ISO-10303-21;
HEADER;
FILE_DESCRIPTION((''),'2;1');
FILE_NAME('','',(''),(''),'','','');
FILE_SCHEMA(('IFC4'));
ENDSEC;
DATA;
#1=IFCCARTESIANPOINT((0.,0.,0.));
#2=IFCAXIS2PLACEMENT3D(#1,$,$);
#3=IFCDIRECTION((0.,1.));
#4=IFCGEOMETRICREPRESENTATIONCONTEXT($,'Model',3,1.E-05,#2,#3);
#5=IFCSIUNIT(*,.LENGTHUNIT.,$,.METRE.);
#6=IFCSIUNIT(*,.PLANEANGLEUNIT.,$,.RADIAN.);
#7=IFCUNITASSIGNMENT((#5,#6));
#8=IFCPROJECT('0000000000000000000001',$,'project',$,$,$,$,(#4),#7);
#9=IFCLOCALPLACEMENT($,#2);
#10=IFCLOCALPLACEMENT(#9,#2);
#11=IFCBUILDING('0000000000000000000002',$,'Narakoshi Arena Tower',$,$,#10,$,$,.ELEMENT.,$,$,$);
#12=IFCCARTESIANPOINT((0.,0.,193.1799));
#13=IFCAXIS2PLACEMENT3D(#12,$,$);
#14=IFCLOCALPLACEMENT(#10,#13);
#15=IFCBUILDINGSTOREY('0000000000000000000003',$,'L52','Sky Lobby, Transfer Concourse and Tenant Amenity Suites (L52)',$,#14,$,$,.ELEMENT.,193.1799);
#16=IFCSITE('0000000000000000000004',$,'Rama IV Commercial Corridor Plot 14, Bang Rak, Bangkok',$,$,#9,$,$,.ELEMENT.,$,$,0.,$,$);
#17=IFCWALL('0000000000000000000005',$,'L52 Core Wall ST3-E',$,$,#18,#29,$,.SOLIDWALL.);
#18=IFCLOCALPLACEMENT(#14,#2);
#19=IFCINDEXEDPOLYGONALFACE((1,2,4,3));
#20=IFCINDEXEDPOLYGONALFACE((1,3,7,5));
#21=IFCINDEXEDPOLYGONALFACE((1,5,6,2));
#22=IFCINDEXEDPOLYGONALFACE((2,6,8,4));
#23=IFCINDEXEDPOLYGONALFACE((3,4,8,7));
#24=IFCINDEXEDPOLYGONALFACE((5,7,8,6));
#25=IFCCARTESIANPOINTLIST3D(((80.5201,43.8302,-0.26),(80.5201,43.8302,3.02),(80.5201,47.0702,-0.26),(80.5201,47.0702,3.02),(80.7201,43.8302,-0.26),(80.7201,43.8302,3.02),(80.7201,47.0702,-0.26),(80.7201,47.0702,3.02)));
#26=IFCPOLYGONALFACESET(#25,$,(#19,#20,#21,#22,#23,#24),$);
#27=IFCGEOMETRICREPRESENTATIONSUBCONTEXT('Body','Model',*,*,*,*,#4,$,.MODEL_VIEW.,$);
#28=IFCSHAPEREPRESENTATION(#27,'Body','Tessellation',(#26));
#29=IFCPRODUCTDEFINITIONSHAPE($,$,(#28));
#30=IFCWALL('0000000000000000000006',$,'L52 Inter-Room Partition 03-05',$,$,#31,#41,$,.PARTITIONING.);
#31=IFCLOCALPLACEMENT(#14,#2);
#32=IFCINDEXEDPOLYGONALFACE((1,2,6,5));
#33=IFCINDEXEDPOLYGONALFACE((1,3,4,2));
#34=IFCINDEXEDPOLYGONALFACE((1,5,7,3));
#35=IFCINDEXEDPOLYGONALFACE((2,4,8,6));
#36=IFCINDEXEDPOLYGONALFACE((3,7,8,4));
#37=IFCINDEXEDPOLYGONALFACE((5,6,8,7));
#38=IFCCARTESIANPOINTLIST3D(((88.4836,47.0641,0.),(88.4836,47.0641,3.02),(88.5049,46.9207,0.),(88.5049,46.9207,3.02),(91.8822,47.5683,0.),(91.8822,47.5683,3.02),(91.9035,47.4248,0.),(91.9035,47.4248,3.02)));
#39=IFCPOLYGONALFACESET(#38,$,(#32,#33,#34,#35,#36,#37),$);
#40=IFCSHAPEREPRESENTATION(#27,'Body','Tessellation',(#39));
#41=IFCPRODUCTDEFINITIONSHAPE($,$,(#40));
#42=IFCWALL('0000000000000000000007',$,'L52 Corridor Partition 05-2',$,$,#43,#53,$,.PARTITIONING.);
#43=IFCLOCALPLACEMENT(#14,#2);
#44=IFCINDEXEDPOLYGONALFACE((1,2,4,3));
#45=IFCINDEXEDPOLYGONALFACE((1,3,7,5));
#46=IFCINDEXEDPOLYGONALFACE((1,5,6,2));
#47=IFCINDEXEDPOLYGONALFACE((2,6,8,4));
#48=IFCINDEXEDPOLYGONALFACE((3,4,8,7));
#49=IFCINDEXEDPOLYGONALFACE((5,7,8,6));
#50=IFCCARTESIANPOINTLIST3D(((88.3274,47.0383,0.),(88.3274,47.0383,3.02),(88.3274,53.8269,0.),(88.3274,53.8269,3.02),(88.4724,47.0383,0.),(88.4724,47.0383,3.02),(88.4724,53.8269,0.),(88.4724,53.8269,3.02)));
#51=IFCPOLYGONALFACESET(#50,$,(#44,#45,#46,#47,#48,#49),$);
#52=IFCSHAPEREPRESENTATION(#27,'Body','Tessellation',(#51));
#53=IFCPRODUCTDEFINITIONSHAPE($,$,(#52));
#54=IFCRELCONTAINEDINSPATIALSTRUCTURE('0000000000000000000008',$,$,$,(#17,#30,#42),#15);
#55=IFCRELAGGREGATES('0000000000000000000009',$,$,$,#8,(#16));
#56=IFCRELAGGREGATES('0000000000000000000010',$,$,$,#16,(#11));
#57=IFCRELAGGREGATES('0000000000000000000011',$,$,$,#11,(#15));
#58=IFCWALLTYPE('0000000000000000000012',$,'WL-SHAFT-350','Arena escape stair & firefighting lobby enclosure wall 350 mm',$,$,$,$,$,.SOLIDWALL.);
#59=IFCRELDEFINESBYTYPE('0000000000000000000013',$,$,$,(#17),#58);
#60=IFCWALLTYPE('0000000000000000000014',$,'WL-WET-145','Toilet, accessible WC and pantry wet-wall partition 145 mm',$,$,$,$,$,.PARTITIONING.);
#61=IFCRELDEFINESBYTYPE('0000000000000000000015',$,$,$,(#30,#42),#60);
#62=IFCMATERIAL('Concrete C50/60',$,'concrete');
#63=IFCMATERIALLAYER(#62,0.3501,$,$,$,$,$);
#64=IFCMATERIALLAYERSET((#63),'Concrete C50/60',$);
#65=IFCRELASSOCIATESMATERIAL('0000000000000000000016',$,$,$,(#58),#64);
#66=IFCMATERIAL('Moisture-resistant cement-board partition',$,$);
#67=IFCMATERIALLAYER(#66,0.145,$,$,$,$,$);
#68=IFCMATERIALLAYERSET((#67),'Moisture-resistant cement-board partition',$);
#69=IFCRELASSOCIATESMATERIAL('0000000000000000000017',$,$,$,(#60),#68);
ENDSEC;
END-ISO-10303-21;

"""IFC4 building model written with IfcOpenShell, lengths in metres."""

from ifc_helpers import new_model, si_unit, direction, frame, frame_2d, origin, place, context, subcontext, project, spatial, rectangle, extrude, material, layer, layer_set, type_object, element, save


model = new_model("IFC4")

# Units and contexts
model_context = context("Model", 3, precision=1e-05, world=origin(), true_north=direction((0.0, 1.0)))
body_context = subcontext(model_context, "Body", "Model", "MODEL_VIEW")
ifc_project = project(units=[si_unit("LENGTHUNIT", "METRE"), si_unit("PLANEANGLEUNIT", "RADIAN")], contexts=[model_context])

# Site, building, storey
site_placement = place(None, origin())
site = spatial("IfcSite", under=ifc_project, at=site_placement, Name="Rama IV Commercial Corridor Plot 14, Bang Rak, Bangkok", CompositionType="ELEMENT", RefElevation=0.0)
building_placement = place(site_placement, origin())
building = spatial("IfcBuilding", under=site, at=building_placement, Name="Narakoshi Arena Tower", CompositionType="ELEMENT")
storey_placement = place(building_placement, frame((0.0, 0.0, 193.1799)))
storey = spatial("IfcBuildingStorey", under=building, at=storey_placement, Name="L52", Description="Sky Lobby, Transfer Concourse and Tenant Amenity Suites (L52)", CompositionType="ELEMENT", Elevation=193.1799)

# Shared definitions
ifc_material_1 = material(Name="Concrete C50/60", Category="concrete")

# Walls
ifc_layer_1 = layer(ifc_material_1, 0.3501)
ifc_layer_set_1 = layer_set([ifc_layer_1], Name="Concrete C50/60")
wall_type_1 = type_object("IfcWallType", Name="WL-SHAFT-350", Description="Arena escape stair & firefighting lobby enclosure wall 350 mm", PredefinedType="SOLIDWALL", material=ifc_layer_set_1)
wall_1_placement = place(storey_placement, frame((80.6201, 43.8301, -0.26), z_axis=(0.0, 0.0, 1.0), x_axis=(0.0, 1.0, 0.0)))
element("IfcWall", 1, at=wall_1_placement, inside=storey, type_object=wall_type_1, Name="L52 Core Wall ST3-E", PredefinedType="SOLIDWALL", context=body_context, shape_type="SweptSolid", body=[
    extrude(rectangle(XDim=3.24, YDim=0.2, at=frame_2d((1.6201, 0.0))), origin(), (0.0, 0.0, 1.0), 3.28),
])
ifc_material_2 = material(Name="Moisture-resistant cement-board partition")
ifc_layer_2 = layer(ifc_material_2, 0.145)
ifc_layer_set_2 = layer_set([ifc_layer_2], Name="Moisture-resistant cement-board partition")
wall_type_2 = type_object("IfcWallType", Name="WL-WET-145", Description="Toilet, accessible WC and pantry wet-wall partition 145 mm", PredefinedType="PARTITIONING", material=ifc_layer_set_2)
wall_2_placement = place(storey_placement, frame((88.4944, 46.9924, 0.0), z_axis=(0.0, 0.0, 1.0), x_axis=(0.989176, 0.146731, 0.0)))
element("IfcWall", 2, at=wall_2_placement, inside=storey, type_object=wall_type_2, Name="L52 Inter-Room Partition 03-05", PredefinedType="PARTITIONING", context=body_context, shape_type="SweptSolid", body=[
    extrude(rectangle(XDim=3.4358, YDim=0.145, at=frame_2d((1.7178, 0.0))), origin(), (0.0, 0.0, 1.0), 3.02),
])
wall_3_placement = place(storey_placement, frame((88.3999, 47.0383, 0.0), z_axis=(0.0, 0.0, 1.0), x_axis=(0.0, 1.0, 0.0)))
element("IfcWall", 3, at=wall_3_placement, inside=storey, type_object=wall_type_2, Name="L52 Corridor Partition 05-2", PredefinedType="PARTITIONING", context=body_context, shape_type="SweptSolid", body=[
    extrude(rectangle(XDim=6.7886, YDim=0.145, at=frame_2d((3.3943, 0.0))), origin(), (0.0, 0.0, 1.0), 3.02),
])

save(model, "model.ifc")
